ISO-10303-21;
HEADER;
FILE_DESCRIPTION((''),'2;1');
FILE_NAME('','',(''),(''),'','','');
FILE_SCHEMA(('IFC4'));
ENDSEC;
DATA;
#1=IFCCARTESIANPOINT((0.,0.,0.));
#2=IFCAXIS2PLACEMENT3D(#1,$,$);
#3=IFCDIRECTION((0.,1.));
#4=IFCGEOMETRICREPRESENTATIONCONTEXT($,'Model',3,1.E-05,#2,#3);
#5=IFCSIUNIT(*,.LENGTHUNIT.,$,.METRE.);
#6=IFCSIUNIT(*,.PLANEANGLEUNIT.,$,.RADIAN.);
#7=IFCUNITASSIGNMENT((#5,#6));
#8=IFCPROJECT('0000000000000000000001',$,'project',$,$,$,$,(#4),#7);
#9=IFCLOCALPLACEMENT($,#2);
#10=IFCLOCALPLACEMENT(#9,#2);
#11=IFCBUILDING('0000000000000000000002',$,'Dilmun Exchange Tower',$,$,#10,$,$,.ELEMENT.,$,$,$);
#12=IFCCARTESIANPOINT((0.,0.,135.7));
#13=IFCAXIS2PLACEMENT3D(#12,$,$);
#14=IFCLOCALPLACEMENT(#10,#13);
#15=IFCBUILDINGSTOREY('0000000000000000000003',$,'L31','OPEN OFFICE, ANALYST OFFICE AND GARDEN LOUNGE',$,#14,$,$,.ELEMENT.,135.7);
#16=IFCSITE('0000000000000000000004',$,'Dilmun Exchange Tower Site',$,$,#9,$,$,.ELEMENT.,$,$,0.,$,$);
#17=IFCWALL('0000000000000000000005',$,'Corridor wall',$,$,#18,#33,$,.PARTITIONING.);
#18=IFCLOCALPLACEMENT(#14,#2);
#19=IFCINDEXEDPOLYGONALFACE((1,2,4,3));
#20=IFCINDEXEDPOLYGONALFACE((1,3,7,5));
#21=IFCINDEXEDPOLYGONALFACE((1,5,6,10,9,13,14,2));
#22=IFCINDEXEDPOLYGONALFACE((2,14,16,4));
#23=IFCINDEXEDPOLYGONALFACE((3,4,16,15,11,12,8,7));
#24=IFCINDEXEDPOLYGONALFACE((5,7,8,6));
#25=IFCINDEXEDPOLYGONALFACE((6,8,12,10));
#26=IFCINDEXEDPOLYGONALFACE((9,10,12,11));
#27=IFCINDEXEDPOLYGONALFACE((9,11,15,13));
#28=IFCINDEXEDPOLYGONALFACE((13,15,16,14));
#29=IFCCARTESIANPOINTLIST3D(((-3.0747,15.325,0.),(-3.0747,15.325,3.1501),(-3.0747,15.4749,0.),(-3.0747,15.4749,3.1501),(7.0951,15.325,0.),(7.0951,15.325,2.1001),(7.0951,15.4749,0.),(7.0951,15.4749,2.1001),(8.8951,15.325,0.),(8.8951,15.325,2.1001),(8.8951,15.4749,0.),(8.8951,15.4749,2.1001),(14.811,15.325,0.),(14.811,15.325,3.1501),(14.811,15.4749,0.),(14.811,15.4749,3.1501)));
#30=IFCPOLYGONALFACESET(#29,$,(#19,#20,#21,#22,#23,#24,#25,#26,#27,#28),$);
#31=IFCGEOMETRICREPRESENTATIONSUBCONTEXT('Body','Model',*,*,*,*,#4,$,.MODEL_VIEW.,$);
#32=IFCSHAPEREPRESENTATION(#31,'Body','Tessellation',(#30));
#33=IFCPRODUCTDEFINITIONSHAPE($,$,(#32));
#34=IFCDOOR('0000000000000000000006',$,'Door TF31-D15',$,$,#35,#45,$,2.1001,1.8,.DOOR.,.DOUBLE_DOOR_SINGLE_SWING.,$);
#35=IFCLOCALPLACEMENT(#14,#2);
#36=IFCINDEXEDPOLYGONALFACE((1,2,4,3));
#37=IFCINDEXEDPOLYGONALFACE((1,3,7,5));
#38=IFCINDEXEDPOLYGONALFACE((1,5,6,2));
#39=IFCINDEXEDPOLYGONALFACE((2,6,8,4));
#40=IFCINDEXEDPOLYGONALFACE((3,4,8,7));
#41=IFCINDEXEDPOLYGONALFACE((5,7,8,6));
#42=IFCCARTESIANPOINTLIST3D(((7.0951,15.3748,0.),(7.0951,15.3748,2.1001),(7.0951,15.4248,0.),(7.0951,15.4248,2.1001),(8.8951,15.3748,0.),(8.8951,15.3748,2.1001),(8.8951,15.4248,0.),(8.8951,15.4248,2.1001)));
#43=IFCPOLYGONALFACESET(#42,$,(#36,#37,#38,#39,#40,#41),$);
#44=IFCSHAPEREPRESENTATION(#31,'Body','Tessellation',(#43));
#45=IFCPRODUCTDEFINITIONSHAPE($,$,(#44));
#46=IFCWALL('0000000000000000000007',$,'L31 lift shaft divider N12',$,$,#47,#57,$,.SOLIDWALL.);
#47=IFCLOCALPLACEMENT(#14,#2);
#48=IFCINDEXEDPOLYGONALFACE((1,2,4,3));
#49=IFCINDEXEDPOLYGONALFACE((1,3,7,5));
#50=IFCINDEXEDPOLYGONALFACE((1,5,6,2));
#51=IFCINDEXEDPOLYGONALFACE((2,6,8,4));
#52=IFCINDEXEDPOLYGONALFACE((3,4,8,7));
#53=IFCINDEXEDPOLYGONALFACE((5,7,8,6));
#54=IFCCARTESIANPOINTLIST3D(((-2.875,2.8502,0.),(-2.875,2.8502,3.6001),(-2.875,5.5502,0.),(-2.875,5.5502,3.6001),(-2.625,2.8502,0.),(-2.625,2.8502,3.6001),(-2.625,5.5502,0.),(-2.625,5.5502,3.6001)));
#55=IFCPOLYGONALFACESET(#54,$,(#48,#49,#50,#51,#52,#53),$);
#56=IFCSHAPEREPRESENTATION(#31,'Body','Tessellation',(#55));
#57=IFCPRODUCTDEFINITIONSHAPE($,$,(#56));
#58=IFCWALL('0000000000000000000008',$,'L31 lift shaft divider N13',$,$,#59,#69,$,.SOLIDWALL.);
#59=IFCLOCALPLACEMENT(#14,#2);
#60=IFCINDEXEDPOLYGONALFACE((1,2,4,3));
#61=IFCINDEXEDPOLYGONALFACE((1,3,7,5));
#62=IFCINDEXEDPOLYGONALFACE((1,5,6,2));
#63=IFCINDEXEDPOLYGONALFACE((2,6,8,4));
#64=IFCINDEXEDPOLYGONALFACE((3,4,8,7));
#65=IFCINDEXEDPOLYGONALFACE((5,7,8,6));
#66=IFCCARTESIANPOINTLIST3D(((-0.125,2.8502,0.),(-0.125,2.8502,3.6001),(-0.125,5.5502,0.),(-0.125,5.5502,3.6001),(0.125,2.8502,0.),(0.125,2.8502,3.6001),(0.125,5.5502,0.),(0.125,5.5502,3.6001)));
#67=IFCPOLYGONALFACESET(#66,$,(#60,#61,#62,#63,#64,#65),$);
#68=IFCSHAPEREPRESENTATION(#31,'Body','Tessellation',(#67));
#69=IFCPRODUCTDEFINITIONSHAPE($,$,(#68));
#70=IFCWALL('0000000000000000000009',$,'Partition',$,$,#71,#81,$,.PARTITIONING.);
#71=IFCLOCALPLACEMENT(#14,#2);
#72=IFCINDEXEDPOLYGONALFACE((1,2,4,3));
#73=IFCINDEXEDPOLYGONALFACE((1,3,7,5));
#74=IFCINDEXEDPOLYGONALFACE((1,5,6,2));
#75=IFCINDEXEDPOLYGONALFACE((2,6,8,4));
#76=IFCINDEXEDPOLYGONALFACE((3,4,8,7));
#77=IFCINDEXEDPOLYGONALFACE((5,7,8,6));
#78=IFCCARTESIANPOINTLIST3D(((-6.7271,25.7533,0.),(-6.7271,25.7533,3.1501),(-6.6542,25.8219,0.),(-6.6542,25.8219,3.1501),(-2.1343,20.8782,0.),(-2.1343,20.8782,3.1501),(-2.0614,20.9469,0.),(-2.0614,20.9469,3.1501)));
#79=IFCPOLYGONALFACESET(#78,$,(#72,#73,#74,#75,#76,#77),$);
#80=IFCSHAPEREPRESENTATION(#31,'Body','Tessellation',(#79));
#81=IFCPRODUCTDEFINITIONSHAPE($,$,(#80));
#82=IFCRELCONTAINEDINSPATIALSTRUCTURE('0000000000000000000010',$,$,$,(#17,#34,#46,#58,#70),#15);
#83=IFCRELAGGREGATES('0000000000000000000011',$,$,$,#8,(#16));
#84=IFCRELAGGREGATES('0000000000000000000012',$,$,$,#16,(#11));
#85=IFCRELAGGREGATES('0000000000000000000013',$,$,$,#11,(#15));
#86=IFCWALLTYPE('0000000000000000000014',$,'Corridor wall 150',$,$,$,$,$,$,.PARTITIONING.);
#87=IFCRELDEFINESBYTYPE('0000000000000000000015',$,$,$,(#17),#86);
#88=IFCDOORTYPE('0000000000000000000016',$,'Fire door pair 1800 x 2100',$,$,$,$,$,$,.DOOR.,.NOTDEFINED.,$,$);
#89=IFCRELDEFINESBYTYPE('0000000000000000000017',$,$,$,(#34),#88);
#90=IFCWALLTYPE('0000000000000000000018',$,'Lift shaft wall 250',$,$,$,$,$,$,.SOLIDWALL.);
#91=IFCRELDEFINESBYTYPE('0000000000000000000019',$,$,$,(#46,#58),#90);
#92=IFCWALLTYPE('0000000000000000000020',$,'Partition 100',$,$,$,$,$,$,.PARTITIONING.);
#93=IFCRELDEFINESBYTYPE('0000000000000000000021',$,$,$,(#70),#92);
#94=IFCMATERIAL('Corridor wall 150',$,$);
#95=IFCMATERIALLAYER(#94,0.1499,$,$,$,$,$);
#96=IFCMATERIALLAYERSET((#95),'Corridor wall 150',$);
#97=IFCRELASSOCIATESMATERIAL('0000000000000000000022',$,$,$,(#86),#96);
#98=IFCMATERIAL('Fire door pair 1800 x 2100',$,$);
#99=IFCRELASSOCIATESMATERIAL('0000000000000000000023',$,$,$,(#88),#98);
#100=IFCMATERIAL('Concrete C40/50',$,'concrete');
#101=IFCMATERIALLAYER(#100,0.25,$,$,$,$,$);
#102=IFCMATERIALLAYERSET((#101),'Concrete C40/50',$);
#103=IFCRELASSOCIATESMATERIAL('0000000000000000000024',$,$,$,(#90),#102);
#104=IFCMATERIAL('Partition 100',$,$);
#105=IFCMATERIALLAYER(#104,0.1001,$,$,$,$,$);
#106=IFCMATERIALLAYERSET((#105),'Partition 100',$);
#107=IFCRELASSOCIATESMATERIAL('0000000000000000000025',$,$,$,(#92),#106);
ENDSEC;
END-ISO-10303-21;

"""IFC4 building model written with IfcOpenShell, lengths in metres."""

from ifc_helpers import new_model, si_unit, direction, frame, frame_2d, origin, place, context, subcontext, project, spatial, rectangle, extrude, material, layer, layer_set, type_object, element, fill, save


model = new_model("IFC4")

# Units and contexts
model_context = context("Model", 3, precision=1e-05, world=origin(), true_north=direction((0.0, 1.0)))
body_context = subcontext(model_context, "Body", "Model", "MODEL_VIEW")
ifc_project = project(units=[si_unit("LENGTHUNIT", "METRE"), si_unit("PLANEANGLEUNIT", "RADIAN")], contexts=[model_context])

# Site, building, storey
site_placement = place(None, origin())
site = spatial("IfcSite", under=ifc_project, at=site_placement, Name="Dilmun Exchange Tower Site", CompositionType="ELEMENT", RefElevation=0.0)
building_placement = place(site_placement, origin())
building = spatial("IfcBuilding", under=site, at=building_placement, Name="Dilmun Exchange Tower", CompositionType="ELEMENT")
storey_placement = place(building_placement, frame((0.0, 0.0, 135.7)))
storey = spatial("IfcBuildingStorey", under=building, at=storey_placement, Name="L31", Description="OPEN OFFICE, ANALYST OFFICE AND GARDEN LOUNGE", CompositionType="ELEMENT", Elevation=135.7)

# Shared definitions
ifc_material_1 = material(Name="Concrete C40/50", Category="concrete")

# Shared definitions
ifc_material_2 = material(Name="Corridor wall 150")
ifc_layer_1 = layer(ifc_material_2, 0.1499)
ifc_layer_set_1 = layer_set([ifc_layer_1], Name="Corridor wall 150")
wall_type_1 = type_object("IfcWallType", Name="Corridor wall 150", PredefinedType="PARTITIONING", material=ifc_layer_set_1)

# Wall, opening, door
wall_1_placement = place(storey_placement, frame((-3.0747, 15.3999, 0.0), z_axis=(0.0, 0.0, 1.0), x_axis=(1.0, 0.0, 0.0)))
wall_1 = element("IfcWall", 1, at=wall_1_placement, inside=storey, type_object=wall_type_1, Name="Corridor wall", PredefinedType="PARTITIONING", context=body_context, shape_type="SweptSolid", body=[
    extrude(rectangle(XDim=17.8857, YDim=0.1499, at=frame_2d((8.9429, 0.0))), origin(), (0.0, 0.0, 1.0), 3.1501),
])
opening_1_placement = place(wall_1_placement, frame((10.1699, 0.0, 0.0)))
opening_1 = element("IfcOpeningElement", 2, at=opening_1_placement, cuts=wall_1, PredefinedType="OPENING", context=body_context, shape_type="SweptSolid", body=[
    extrude(rectangle(XDim=1.8, YDim=2.1001, at=frame_2d((0.8999, 1.05))), frame((0.0, 0.085, 0.0), z_axis=(0.0, -1.0, 0.0), x_axis=(1.0, 0.0, 0.0)), (0.0, 0.0, 1.0), 0.1699),
])
ifc_material_3 = material(Name="Fire door pair 1800 x 2100")
door_type_1 = type_object("IfcDoorType", Name="Fire door pair 1800 x 2100", OperationType="NOTDEFINED", PredefinedType="DOOR", material=ifc_material_3)
door_1_placement = place(opening_1_placement, origin())
door_1 = element("IfcDoor", 3, at=door_1_placement, inside=storey, type_object=door_type_1, Name="Door TF31-D15", OperationType="DOUBLE_DOOR_SINGLE_SWING", OverallHeight=2.1001, OverallWidth=1.8, PredefinedType="DOOR", context=body_context, shape_type="SweptSolid", body=[
    extrude(rectangle(XDim=1.8, YDim=2.1001, at=frame_2d((0.8999, 1.05))), frame((0.0, 0.0249, 0.0), z_axis=(0.0, -1.0, 0.0), x_axis=(1.0, 0.0, 0.0)), (0.0, 0.0, 1.0), 0.05),
])
fill(opening_1, door_1)

# Walls
ifc_layer_2 = layer(ifc_material_1, 0.25)
ifc_layer_set_2 = layer_set([ifc_layer_2], Name="Concrete C40/50")
wall_type_2 = type_object("IfcWallType", Name="Lift shaft wall 250", PredefinedType="SOLIDWALL", material=ifc_layer_set_2)
for number, where, z_axis, x_axis, name in (
    (4, (-2.75, 2.8501, 0.0), (0.0, 0.0, 1.0), (0.0, 1.0, 0.0), "L31 lift shaft divider N12"),
    (5, (0.0, 2.8501, 0.0), (0.0, 0.0, 1.0), (0.0, 1.0, 0.0), "L31 lift shaft divider N13"),
):
    element("IfcWall", number, at=place(storey_placement, frame(where, z_axis=z_axis, x_axis=x_axis)), inside=storey, type_object=wall_type_2, Name=name, PredefinedType="SOLIDWALL", context=body_context, shape_type="SweptSolid", body=[
        extrude(rectangle(XDim=2.7, YDim=0.25, at=frame_2d((1.3501, 0.0))), origin(), (0.0, 0.0, 1.0), 3.6001),
    ])
ifc_material_4 = material(Name="Partition 100")
ifc_layer_3 = layer(ifc_material_4, 0.1001)
ifc_layer_set_3 = layer_set([ifc_layer_3], Name="Partition 100")
wall_type_3 = type_object("IfcWallType", Name="Partition 100", PredefinedType="PARTITIONING", material=ifc_layer_set_3)
wall_2_placement = place(storey_placement, frame((-6.6907, 25.7876, 0.0), z_axis=(0.0, 0.0, 1.0), x_axis=(0.685724, -0.727862, 0.0)))
element("IfcWall", 6, at=wall_2_placement, inside=storey, type_object=wall_type_3, Name="Partition", PredefinedType="PARTITIONING", context=body_context, shape_type="SweptSolid", body=[
    extrude(rectangle(XDim=6.6978, YDim=0.1001, at=frame_2d((3.3489, 0.0))), origin(), (0.0, 0.0, 1.0), 3.1501),
])

save(model, "model.ifc")
